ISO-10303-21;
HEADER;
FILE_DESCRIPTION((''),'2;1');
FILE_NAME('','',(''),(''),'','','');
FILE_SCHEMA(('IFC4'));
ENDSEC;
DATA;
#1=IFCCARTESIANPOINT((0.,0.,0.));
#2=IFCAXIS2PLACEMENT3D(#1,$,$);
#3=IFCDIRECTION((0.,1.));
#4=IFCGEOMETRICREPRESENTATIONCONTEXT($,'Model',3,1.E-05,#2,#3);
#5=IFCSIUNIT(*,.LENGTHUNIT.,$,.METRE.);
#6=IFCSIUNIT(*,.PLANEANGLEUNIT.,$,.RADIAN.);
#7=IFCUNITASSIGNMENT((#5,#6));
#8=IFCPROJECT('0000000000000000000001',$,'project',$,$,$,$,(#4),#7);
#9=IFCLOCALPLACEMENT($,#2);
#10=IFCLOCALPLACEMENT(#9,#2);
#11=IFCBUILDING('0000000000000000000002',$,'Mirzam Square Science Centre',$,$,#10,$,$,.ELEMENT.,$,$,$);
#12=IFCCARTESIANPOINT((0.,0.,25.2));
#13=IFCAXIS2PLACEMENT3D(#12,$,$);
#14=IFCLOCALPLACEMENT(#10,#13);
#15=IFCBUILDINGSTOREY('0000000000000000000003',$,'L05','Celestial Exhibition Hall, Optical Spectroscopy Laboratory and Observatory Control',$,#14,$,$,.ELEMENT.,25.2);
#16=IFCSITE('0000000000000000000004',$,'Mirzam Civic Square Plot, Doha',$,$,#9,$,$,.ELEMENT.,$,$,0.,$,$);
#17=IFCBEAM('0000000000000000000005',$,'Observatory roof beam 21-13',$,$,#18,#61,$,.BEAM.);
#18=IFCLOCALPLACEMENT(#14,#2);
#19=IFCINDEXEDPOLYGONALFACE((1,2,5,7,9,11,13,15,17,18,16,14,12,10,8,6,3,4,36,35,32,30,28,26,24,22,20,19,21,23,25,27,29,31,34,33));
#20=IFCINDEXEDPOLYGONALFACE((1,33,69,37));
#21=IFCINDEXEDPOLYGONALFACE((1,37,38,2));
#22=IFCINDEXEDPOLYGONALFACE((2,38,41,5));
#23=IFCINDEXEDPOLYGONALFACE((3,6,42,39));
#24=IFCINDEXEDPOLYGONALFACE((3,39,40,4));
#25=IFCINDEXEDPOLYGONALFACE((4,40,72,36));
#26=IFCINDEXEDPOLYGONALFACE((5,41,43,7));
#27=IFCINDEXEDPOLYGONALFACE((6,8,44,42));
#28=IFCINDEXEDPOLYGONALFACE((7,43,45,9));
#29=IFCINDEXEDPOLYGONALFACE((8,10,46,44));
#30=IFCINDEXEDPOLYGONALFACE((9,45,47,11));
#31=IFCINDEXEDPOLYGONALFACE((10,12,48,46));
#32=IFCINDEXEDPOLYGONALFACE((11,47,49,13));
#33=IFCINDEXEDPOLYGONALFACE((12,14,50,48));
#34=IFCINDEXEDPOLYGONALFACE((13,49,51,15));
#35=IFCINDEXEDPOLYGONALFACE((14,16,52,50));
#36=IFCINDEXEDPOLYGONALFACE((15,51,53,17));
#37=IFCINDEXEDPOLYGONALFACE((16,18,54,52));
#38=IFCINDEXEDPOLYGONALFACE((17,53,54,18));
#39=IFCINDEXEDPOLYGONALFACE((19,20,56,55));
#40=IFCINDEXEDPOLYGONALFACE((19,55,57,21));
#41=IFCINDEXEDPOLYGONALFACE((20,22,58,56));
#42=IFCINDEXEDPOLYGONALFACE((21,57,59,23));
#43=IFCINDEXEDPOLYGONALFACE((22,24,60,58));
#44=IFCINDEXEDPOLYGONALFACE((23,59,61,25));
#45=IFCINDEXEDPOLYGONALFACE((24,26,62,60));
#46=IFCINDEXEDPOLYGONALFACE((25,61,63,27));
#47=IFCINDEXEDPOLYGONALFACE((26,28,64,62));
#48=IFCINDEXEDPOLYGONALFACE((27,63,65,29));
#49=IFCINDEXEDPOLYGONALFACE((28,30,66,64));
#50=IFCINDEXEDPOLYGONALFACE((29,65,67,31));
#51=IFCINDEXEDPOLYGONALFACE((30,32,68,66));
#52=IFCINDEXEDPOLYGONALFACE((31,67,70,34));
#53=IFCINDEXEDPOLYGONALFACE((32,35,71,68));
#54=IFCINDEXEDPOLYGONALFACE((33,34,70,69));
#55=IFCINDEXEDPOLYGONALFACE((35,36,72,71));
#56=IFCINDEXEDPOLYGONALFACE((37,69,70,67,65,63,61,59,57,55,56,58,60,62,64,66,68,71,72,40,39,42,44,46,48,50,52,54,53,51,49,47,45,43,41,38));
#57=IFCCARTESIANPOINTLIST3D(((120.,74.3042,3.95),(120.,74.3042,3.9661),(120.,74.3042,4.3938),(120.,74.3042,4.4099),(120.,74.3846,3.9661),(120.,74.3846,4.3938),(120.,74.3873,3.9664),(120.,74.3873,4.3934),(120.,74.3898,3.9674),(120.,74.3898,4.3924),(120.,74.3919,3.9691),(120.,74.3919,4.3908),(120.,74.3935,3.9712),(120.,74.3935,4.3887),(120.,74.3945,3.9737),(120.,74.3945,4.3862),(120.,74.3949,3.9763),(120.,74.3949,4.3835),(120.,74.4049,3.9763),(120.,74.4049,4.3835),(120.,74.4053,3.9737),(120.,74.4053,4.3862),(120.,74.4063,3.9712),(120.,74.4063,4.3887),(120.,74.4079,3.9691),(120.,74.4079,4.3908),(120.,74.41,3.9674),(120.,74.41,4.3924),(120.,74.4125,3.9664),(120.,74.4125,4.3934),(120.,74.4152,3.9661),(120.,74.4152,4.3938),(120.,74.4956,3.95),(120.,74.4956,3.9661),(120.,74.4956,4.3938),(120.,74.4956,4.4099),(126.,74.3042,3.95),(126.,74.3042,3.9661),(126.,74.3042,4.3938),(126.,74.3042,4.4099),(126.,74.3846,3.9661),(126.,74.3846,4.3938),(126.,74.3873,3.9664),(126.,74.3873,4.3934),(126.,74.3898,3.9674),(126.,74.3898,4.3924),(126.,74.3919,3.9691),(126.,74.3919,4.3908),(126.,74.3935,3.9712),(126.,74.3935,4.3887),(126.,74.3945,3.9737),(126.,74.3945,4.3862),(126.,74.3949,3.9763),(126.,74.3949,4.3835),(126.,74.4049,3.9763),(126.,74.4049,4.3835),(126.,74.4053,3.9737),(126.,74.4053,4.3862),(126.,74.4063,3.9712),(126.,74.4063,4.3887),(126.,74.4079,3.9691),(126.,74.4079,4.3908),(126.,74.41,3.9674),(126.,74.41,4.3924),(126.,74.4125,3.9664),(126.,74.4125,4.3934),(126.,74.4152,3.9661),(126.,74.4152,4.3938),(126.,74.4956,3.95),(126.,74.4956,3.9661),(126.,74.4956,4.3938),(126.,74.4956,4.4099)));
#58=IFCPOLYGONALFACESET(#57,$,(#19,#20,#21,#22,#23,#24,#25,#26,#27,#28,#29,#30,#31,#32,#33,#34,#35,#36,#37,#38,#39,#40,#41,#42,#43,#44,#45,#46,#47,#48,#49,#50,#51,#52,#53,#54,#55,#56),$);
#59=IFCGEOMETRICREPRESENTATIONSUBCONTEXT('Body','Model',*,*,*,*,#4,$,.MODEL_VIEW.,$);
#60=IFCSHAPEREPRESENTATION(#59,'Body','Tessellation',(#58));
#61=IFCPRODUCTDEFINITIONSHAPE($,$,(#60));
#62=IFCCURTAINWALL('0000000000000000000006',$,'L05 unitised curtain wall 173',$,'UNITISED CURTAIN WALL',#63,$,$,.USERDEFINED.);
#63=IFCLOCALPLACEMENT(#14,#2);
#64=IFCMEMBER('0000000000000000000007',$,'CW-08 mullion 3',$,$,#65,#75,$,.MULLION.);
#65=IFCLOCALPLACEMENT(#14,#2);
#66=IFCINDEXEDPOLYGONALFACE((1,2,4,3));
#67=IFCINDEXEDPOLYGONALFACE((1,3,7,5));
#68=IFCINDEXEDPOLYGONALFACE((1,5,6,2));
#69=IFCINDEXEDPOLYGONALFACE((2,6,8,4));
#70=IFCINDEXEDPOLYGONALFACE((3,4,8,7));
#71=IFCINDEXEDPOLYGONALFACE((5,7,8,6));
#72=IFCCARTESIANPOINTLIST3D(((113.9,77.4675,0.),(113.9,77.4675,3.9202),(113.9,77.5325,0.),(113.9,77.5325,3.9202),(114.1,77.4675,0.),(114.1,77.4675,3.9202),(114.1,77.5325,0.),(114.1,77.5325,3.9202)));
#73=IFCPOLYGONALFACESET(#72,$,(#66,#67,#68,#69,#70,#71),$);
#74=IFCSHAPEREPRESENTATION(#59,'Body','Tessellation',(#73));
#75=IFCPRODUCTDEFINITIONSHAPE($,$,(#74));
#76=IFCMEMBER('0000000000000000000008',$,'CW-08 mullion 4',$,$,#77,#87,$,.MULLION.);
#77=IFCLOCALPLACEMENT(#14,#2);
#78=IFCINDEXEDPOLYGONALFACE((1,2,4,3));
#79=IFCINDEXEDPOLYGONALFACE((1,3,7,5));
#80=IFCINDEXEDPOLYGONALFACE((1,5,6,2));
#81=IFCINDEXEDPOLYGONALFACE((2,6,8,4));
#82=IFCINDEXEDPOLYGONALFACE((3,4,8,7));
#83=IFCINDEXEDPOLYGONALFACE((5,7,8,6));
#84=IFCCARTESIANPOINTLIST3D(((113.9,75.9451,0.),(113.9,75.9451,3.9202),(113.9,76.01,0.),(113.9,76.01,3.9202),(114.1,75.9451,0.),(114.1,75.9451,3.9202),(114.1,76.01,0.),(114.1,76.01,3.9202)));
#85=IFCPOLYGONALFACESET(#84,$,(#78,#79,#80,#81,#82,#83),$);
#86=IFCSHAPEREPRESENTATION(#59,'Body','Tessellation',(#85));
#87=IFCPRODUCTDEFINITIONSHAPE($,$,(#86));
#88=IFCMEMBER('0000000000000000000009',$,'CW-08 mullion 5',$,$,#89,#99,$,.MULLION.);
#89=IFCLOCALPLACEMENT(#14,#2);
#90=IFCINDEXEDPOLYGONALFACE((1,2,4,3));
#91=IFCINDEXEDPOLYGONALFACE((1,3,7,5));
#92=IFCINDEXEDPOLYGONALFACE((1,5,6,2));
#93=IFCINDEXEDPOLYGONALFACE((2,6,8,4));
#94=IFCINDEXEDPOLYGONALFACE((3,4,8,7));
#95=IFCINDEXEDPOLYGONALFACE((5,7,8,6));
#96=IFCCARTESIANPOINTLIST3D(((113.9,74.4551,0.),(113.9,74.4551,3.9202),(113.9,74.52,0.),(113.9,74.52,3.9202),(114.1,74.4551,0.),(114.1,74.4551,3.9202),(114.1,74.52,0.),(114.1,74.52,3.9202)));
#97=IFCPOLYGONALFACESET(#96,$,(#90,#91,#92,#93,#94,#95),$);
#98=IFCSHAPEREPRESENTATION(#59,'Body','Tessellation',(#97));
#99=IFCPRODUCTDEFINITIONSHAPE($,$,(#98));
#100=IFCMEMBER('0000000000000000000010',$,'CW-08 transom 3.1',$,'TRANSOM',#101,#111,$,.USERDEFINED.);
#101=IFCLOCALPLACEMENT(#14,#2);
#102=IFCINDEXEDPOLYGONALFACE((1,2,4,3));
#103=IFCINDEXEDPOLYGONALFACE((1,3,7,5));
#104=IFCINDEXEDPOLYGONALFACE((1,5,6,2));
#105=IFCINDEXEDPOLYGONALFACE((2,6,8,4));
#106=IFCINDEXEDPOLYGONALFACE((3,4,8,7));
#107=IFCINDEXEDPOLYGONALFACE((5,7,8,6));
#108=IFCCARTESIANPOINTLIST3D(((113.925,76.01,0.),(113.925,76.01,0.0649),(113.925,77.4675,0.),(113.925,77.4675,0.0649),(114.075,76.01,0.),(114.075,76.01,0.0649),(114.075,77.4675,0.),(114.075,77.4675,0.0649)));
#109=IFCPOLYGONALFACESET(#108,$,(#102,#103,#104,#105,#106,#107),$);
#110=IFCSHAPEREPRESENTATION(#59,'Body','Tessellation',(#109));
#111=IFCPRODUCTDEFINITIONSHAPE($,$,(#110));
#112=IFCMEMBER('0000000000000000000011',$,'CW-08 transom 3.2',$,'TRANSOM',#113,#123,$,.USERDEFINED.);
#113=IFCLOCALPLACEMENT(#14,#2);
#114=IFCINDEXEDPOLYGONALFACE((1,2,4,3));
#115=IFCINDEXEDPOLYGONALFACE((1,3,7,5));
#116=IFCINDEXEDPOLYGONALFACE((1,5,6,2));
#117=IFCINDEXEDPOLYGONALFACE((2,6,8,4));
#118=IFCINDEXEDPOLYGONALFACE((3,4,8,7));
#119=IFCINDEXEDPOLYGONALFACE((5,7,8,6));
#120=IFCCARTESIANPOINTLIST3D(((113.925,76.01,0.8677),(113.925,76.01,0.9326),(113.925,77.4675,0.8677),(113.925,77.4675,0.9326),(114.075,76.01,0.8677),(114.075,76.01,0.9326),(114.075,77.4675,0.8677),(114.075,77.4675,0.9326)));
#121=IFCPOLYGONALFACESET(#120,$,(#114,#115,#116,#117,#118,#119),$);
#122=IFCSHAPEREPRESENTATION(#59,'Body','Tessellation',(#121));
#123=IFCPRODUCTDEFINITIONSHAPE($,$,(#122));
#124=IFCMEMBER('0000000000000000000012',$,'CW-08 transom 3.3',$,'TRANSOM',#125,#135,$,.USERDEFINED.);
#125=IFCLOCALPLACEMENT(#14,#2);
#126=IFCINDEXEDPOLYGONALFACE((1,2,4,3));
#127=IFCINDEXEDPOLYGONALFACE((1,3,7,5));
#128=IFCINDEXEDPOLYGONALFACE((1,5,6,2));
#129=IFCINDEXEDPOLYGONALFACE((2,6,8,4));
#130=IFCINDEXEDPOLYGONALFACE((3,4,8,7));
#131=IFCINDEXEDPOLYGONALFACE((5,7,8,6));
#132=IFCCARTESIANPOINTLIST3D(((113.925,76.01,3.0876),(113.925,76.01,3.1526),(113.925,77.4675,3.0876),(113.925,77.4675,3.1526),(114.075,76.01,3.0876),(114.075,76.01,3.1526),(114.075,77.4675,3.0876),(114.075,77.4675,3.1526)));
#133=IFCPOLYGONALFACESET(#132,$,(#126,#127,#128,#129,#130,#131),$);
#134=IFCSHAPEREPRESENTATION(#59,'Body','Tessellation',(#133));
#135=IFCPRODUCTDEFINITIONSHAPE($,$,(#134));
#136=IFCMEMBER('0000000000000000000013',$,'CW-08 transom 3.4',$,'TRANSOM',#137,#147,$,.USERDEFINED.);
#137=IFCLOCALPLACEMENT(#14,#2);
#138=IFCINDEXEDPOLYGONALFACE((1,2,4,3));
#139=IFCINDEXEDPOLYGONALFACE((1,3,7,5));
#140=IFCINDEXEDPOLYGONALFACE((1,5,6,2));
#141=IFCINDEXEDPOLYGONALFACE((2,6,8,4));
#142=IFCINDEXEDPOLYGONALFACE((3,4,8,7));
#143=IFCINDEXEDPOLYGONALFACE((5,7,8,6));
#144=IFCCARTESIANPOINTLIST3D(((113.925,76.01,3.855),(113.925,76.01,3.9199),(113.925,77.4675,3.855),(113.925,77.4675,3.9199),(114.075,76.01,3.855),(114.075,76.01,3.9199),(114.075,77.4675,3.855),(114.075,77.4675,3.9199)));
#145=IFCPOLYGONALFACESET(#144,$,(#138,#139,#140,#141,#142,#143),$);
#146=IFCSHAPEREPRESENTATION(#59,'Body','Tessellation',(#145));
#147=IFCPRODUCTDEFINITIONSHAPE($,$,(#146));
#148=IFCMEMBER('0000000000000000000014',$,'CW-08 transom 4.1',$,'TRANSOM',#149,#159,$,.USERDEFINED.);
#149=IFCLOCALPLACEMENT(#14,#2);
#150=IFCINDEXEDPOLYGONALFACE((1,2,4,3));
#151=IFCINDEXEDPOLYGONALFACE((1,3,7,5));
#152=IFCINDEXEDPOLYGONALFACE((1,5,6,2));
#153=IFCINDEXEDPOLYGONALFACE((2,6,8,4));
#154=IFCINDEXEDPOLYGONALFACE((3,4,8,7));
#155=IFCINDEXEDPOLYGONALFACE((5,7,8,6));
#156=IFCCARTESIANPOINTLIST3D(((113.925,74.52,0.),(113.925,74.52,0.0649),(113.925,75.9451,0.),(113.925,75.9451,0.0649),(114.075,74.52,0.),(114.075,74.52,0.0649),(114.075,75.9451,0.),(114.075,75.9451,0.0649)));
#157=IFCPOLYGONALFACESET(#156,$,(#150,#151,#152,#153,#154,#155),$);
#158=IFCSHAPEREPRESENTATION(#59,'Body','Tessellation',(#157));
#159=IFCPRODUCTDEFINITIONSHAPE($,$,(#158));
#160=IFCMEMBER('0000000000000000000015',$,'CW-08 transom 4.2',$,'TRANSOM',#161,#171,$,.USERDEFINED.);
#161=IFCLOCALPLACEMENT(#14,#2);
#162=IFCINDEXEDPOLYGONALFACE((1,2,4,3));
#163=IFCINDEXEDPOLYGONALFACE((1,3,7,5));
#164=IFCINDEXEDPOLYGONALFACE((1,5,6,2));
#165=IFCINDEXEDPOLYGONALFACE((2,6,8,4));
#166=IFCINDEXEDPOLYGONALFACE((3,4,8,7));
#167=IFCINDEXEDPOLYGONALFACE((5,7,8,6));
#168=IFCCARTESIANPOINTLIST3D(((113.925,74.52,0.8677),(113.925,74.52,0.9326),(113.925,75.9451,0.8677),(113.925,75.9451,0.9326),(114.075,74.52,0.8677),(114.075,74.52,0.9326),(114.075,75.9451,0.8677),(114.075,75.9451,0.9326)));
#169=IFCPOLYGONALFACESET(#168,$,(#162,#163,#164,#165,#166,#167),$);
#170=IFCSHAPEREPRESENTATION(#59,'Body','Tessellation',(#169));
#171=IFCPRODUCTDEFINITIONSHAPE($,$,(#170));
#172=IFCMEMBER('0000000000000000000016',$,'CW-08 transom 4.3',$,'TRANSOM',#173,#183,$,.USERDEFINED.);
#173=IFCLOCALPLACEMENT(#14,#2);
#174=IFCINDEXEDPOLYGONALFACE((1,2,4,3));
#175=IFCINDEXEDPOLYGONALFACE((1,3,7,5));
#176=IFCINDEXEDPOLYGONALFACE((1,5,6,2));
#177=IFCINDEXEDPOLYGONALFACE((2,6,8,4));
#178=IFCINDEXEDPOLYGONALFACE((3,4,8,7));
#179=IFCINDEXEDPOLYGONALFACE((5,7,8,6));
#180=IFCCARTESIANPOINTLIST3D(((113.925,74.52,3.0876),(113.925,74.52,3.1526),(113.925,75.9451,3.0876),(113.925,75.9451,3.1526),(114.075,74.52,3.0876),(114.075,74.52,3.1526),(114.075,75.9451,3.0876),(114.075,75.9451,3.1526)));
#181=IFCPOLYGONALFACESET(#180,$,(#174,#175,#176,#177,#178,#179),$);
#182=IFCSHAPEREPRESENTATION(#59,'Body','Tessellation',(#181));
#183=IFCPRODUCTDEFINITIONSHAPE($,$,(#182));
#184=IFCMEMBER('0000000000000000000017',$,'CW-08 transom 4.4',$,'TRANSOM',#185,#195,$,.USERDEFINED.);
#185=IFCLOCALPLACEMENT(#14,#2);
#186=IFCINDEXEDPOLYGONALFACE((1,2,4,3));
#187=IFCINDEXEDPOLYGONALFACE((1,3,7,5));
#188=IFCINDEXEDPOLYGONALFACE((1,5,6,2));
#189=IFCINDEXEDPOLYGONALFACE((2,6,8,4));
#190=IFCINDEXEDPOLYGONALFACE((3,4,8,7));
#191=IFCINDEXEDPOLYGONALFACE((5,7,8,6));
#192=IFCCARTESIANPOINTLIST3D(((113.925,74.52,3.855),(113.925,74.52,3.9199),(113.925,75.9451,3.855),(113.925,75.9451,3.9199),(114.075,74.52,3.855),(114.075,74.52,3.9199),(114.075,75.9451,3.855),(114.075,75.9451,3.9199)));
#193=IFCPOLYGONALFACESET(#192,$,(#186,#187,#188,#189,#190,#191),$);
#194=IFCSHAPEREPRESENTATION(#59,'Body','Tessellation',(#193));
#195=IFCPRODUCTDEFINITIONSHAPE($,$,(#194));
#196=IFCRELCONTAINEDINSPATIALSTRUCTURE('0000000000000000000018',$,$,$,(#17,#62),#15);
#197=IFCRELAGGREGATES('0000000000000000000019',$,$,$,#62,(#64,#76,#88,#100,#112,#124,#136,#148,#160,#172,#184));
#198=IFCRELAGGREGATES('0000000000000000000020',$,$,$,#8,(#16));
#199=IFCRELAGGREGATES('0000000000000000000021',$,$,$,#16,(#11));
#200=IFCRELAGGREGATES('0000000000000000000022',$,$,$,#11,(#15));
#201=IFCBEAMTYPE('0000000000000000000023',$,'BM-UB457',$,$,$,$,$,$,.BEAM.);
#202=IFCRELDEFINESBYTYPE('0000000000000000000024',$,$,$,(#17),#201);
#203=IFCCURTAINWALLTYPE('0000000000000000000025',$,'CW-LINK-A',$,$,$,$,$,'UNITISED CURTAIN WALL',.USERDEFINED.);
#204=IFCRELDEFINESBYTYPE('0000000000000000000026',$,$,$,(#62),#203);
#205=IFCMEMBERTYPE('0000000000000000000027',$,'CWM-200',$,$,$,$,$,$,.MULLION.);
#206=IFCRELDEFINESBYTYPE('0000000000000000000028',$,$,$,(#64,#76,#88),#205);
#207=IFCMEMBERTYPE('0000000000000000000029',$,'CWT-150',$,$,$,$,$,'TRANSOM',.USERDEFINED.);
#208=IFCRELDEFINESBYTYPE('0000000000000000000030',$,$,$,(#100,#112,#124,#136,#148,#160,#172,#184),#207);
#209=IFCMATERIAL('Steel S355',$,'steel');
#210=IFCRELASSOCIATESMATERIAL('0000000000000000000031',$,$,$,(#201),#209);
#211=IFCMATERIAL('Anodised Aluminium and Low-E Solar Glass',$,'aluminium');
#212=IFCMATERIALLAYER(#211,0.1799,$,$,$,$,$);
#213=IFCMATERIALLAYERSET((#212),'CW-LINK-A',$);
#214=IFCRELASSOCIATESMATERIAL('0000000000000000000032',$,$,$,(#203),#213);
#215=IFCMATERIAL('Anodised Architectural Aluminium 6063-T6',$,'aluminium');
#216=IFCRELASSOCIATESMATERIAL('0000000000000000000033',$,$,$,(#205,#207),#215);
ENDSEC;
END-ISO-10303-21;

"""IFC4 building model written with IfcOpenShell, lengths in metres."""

from ifc_helpers import new_model, si_unit, direction, frame, origin, origin_2d, place, context, subcontext, project, spatial, rectangle, i_section, extrude, material, layer, layer_set, material_profile, profile_set, type_object, element, aggregate, save


model = new_model("IFC4")

# Units and contexts
model_context = context("Model", 3, precision=1e-05, world=origin(), true_north=direction((0.0, 1.0)))
body_context = subcontext(model_context, "Body", "Model", "MODEL_VIEW")
ifc_project = project(units=[si_unit("LENGTHUNIT", "METRE"), si_unit("PLANEANGLEUNIT", "RADIAN")], contexts=[model_context])

# Site, building, storey
site_placement = place(None, origin())
site = spatial("IfcSite", under=ifc_project, at=site_placement, Name="Mirzam Civic Square Plot, Doha", CompositionType="ELEMENT", RefElevation=0.0)
building_placement = place(site_placement, origin())
building = spatial("IfcBuilding", under=site, at=building_placement, Name="Mirzam Square Science Centre", CompositionType="ELEMENT")
storey_placement = place(building_placement, frame((0.0, 0.0, 25.2)))
storey = spatial("IfcBuildingStorey", under=building, at=storey_placement, Name="L05", Description="Celestial Exhibition Hall, Optical Spectroscopy Laboratory and Observatory Control", CompositionType="ELEMENT", Elevation=25.2)

# Shared definitions
ifc_material_1 = material(Name="Steel S355", Category="steel")

# Beam
ifc_material_profile_1 = material_profile(ifc_material_1, i_section(OverallWidth=0.1914, OverallDepth=0.46, WebThickness=0.01, FlangeThickness=0.0161, FilletRadius=0.0103, at=origin_2d()), Name="457x191x82UB")
ifc_profile_set_1 = profile_set([ifc_material_profile_1], Name="Steel S355")
beam_type_1 = type_object("IfcBeamType", Name="BM-UB457", PredefinedType="BEAM", material=ifc_profile_set_1)
beam_1_placement = place(storey_placement, frame((120.0, 74.3999, 4.1799), z_axis=(1.0, 0.0, 0.0), x_axis=(0.0, 1.0, 0.0)))
element("IfcBeam", 1, at=beam_1_placement, inside=storey, type_object=beam_type_1, Name="Observatory roof beam 21-13", PredefinedType="BEAM", context=body_context, shape_type="SweptSolid", body=[
    extrude(i_section(OverallWidth=0.1914, OverallDepth=0.46, WebThickness=0.01, FlangeThickness=0.0161, FilletRadius=0.0103, at=origin_2d()), origin(), (0.0, 0.0, 1.0), 6.0),
])

# Curtain wall, members
ifc_material_2 = material(Name="Anodised Aluminium and Low-E Solar Glass", Category="aluminium")
ifc_layer_1 = layer(ifc_material_2, 0.1799)
ifc_layer_set_1 = layer_set([ifc_layer_1], Name="CW-LINK-A")
curtain_wall_type = type_object("IfcCurtainWallType", Name="CW-LINK-A", ElementType="UNITISED CURTAIN WALL", PredefinedType="USERDEFINED", material=ifc_layer_set_1)
curtain_wall_placement = place(storey_placement, origin())
curtain_wall = element("IfcCurtainWall", 2, at=curtain_wall_placement, inside=storey, type_object=curtain_wall_type, Name="L05 unitised curtain wall 173", ObjectType="UNITISED CURTAIN WALL", PredefinedType="USERDEFINED")
ifc_material_3 = material(Name="Anodised Architectural Aluminium 6063-T6", Category="aluminium")
ifc_material_profile_2 = material_profile(ifc_material_3, rectangle(XDim=0.0649, YDim=0.2, at=origin_2d()), Name="ALU-MULL-200x65x5")
ifc_profile_set_2 = profile_set([ifc_material_profile_2], Name="Anodised Architectural Aluminium 6063-T6")
member_type_1 = type_object("IfcMemberType", Name="CWM-200", PredefinedType="MULLION", material=ifc_profile_set_2)
member_1_placement = place(storey_placement, frame((114.0, 77.5, 0.0), z_axis=(0.0, 0.0, 1.0), x_axis=(0.0, -1.0, 0.0)))
member_1 = element("IfcMember", 3, at=member_1_placement, type_object=member_type_1, Name="CW-08 mullion 3", PredefinedType="MULLION", context=body_context, shape_type="SweptSolid", body=[
    extrude(rectangle(XDim=0.0649, YDim=0.2, at=origin_2d()), origin(), (0.0, 0.0, 1.0), 3.9202),
])
member_2_placement = place(storey_placement, frame((114.0, 75.9775, 0.0), z_axis=(0.0, 0.0, 1.0), x_axis=(0.0, -1.0, 0.0)))
member_2 = element("IfcMember", 4, at=member_2_placement, type_object=member_type_1, Name="CW-08 mullion 4", PredefinedType="MULLION", context=body_context, shape_type="SweptSolid", body=[
    extrude(rectangle(XDim=0.0649, YDim=0.2, at=origin_2d()), origin(), (0.0, 0.0, 1.0), 3.9202),
])
member_3_placement = place(storey_placement, frame((114.0, 74.4875, 0.0), z_axis=(0.0, 0.0, 1.0), x_axis=(0.0, -1.0, 0.0)))
member_3 = element("IfcMember", 5, at=member_3_placement, type_object=member_type_1, Name="CW-08 mullion 5", PredefinedType="MULLION", context=body_context, shape_type="SweptSolid", body=[
    extrude(rectangle(XDim=0.0649, YDim=0.2, at=origin_2d()), origin(), (0.0, 0.0, 1.0), 3.9202),
])
ifc_material_profile_3 = material_profile(ifc_material_3, rectangle(XDim=0.1499, YDim=0.0649, at=origin_2d()), Name="ALU-TRAN-150x65x4")
ifc_profile_set_3 = profile_set([ifc_material_profile_3], Name="Anodised Architectural Aluminium 6063-T6")
member_type_2 = type_object("IfcMemberType", Name="CWT-150", ElementType="TRANSOM", PredefinedType="USERDEFINED", material=ifc_profile_set_3)
member_4_placement = place(storey_placement, frame((114.0, 77.4675, 0.0325), z_axis=(0.0, -1.0, 0.0), x_axis=(1.0, 0.0, 0.0)))
member_4 = element("IfcMember", 6, at=member_4_placement, type_object=member_type_2, Name="CW-08 transom 3.1", ObjectType="TRANSOM", PredefinedType="USERDEFINED", context=body_context, shape_type="SweptSolid", body=[
    extrude(rectangle(XDim=0.1499, YDim=0.0649, at=origin_2d()), origin(), (0.0, 0.0, 1.0), 1.4575),
])
member_5_placement = place(storey_placement, frame((114.0, 77.4675, 0.9001), z_axis=(0.0, -1.0, 0.0), x_axis=(1.0, 0.0, 0.0)))
member_5 = element("IfcMember", 7, at=member_5_placement, type_object=member_type_2, Name="CW-08 transom 3.2", ObjectType="TRANSOM", PredefinedType="USERDEFINED", context=body_context, shape_type="SweptSolid", body=[
    extrude(rectangle(XDim=0.1499, YDim=0.0649, at=origin_2d()), origin(), (0.0, 0.0, 1.0), 1.4575),
])
member_6_placement = place(storey_placement, frame((114.0, 77.4675, 3.1201), z_axis=(0.0, -1.0, 0.0), x_axis=(1.0, 0.0, 0.0)))
member_6 = element("IfcMember", 8, at=member_6_placement, type_object=member_type_2, Name="CW-08 transom 3.3", ObjectType="TRANSOM", PredefinedType="USERDEFINED", context=body_context, shape_type="SweptSolid", body=[
    extrude(rectangle(XDim=0.1499, YDim=0.0649, at=origin_2d()), origin(), (0.0, 0.0, 1.0), 1.4575),
])
member_7_placement = place(storey_placement, frame((114.0, 77.4675, 3.8875), z_axis=(0.0, -1.0, 0.0), x_axis=(1.0, 0.0, 0.0)))
member_7 = element("IfcMember", 9, at=member_7_placement, type_object=member_type_2, Name="CW-08 transom 3.4", ObjectType="TRANSOM", PredefinedType="USERDEFINED", context=body_context, shape_type="SweptSolid", body=[
    extrude(rectangle(XDim=0.1499, YDim=0.0649, at=origin_2d()), origin(), (0.0, 0.0, 1.0), 1.4575),
])
member_8_placement = place(storey_placement, frame((114.0, 75.9451, 0.0325), z_axis=(0.0, -1.0, 0.0), x_axis=(1.0, 0.0, 0.0)))
member_8 = element("IfcMember", 10, at=member_8_placement, type_object=member_type_2, Name="CW-08 transom 4.1", ObjectType="TRANSOM", PredefinedType="USERDEFINED", context=body_context, shape_type="SweptSolid", body=[
    extrude(rectangle(XDim=0.1499, YDim=0.0649, at=origin_2d()), origin(), (0.0, 0.0, 1.0), 1.425),
])
member_9_placement = place(storey_placement, frame((114.0, 75.9451, 0.9001), z_axis=(0.0, -1.0, 0.0), x_axis=(1.0, 0.0, 0.0)))
member_9 = element("IfcMember", 11, at=member_9_placement, type_object=member_type_2, Name="CW-08 transom 4.2", ObjectType="TRANSOM", PredefinedType="USERDEFINED", context=body_context, shape_type="SweptSolid", body=[
    extrude(rectangle(XDim=0.1499, YDim=0.0649, at=origin_2d()), origin(), (0.0, 0.0, 1.0), 1.425),
])
member_10_placement = place(storey_placement, frame((114.0, 75.9451, 3.1201), z_axis=(0.0, -1.0, 0.0), x_axis=(1.0, 0.0, 0.0)))
member_10 = element("IfcMember", 12, at=member_10_placement, type_object=member_type_2, Name="CW-08 transom 4.3", ObjectType="TRANSOM", PredefinedType="USERDEFINED", context=body_context, shape_type="SweptSolid", body=[
    extrude(rectangle(XDim=0.1499, YDim=0.0649, at=origin_2d()), origin(), (0.0, 0.0, 1.0), 1.425),
])
member_11_placement = place(storey_placement, frame((114.0, 75.9451, 3.8875), z_axis=(0.0, -1.0, 0.0), x_axis=(1.0, 0.0, 0.0)))
member_11 = element("IfcMember", 13, at=member_11_placement, type_object=member_type_2, Name="CW-08 transom 4.4", ObjectType="TRANSOM", PredefinedType="USERDEFINED", context=body_context, shape_type="SweptSolid", body=[
    extrude(rectangle(XDim=0.1499, YDim=0.0649, at=origin_2d()), origin(), (0.0, 0.0, 1.0), 1.425),
])

aggregate(curtain_wall, [member_1, member_2, member_3, member_4, member_5, member_6, member_7, member_8, member_9, member_10, member_11])

save(model, "model.ifc")
